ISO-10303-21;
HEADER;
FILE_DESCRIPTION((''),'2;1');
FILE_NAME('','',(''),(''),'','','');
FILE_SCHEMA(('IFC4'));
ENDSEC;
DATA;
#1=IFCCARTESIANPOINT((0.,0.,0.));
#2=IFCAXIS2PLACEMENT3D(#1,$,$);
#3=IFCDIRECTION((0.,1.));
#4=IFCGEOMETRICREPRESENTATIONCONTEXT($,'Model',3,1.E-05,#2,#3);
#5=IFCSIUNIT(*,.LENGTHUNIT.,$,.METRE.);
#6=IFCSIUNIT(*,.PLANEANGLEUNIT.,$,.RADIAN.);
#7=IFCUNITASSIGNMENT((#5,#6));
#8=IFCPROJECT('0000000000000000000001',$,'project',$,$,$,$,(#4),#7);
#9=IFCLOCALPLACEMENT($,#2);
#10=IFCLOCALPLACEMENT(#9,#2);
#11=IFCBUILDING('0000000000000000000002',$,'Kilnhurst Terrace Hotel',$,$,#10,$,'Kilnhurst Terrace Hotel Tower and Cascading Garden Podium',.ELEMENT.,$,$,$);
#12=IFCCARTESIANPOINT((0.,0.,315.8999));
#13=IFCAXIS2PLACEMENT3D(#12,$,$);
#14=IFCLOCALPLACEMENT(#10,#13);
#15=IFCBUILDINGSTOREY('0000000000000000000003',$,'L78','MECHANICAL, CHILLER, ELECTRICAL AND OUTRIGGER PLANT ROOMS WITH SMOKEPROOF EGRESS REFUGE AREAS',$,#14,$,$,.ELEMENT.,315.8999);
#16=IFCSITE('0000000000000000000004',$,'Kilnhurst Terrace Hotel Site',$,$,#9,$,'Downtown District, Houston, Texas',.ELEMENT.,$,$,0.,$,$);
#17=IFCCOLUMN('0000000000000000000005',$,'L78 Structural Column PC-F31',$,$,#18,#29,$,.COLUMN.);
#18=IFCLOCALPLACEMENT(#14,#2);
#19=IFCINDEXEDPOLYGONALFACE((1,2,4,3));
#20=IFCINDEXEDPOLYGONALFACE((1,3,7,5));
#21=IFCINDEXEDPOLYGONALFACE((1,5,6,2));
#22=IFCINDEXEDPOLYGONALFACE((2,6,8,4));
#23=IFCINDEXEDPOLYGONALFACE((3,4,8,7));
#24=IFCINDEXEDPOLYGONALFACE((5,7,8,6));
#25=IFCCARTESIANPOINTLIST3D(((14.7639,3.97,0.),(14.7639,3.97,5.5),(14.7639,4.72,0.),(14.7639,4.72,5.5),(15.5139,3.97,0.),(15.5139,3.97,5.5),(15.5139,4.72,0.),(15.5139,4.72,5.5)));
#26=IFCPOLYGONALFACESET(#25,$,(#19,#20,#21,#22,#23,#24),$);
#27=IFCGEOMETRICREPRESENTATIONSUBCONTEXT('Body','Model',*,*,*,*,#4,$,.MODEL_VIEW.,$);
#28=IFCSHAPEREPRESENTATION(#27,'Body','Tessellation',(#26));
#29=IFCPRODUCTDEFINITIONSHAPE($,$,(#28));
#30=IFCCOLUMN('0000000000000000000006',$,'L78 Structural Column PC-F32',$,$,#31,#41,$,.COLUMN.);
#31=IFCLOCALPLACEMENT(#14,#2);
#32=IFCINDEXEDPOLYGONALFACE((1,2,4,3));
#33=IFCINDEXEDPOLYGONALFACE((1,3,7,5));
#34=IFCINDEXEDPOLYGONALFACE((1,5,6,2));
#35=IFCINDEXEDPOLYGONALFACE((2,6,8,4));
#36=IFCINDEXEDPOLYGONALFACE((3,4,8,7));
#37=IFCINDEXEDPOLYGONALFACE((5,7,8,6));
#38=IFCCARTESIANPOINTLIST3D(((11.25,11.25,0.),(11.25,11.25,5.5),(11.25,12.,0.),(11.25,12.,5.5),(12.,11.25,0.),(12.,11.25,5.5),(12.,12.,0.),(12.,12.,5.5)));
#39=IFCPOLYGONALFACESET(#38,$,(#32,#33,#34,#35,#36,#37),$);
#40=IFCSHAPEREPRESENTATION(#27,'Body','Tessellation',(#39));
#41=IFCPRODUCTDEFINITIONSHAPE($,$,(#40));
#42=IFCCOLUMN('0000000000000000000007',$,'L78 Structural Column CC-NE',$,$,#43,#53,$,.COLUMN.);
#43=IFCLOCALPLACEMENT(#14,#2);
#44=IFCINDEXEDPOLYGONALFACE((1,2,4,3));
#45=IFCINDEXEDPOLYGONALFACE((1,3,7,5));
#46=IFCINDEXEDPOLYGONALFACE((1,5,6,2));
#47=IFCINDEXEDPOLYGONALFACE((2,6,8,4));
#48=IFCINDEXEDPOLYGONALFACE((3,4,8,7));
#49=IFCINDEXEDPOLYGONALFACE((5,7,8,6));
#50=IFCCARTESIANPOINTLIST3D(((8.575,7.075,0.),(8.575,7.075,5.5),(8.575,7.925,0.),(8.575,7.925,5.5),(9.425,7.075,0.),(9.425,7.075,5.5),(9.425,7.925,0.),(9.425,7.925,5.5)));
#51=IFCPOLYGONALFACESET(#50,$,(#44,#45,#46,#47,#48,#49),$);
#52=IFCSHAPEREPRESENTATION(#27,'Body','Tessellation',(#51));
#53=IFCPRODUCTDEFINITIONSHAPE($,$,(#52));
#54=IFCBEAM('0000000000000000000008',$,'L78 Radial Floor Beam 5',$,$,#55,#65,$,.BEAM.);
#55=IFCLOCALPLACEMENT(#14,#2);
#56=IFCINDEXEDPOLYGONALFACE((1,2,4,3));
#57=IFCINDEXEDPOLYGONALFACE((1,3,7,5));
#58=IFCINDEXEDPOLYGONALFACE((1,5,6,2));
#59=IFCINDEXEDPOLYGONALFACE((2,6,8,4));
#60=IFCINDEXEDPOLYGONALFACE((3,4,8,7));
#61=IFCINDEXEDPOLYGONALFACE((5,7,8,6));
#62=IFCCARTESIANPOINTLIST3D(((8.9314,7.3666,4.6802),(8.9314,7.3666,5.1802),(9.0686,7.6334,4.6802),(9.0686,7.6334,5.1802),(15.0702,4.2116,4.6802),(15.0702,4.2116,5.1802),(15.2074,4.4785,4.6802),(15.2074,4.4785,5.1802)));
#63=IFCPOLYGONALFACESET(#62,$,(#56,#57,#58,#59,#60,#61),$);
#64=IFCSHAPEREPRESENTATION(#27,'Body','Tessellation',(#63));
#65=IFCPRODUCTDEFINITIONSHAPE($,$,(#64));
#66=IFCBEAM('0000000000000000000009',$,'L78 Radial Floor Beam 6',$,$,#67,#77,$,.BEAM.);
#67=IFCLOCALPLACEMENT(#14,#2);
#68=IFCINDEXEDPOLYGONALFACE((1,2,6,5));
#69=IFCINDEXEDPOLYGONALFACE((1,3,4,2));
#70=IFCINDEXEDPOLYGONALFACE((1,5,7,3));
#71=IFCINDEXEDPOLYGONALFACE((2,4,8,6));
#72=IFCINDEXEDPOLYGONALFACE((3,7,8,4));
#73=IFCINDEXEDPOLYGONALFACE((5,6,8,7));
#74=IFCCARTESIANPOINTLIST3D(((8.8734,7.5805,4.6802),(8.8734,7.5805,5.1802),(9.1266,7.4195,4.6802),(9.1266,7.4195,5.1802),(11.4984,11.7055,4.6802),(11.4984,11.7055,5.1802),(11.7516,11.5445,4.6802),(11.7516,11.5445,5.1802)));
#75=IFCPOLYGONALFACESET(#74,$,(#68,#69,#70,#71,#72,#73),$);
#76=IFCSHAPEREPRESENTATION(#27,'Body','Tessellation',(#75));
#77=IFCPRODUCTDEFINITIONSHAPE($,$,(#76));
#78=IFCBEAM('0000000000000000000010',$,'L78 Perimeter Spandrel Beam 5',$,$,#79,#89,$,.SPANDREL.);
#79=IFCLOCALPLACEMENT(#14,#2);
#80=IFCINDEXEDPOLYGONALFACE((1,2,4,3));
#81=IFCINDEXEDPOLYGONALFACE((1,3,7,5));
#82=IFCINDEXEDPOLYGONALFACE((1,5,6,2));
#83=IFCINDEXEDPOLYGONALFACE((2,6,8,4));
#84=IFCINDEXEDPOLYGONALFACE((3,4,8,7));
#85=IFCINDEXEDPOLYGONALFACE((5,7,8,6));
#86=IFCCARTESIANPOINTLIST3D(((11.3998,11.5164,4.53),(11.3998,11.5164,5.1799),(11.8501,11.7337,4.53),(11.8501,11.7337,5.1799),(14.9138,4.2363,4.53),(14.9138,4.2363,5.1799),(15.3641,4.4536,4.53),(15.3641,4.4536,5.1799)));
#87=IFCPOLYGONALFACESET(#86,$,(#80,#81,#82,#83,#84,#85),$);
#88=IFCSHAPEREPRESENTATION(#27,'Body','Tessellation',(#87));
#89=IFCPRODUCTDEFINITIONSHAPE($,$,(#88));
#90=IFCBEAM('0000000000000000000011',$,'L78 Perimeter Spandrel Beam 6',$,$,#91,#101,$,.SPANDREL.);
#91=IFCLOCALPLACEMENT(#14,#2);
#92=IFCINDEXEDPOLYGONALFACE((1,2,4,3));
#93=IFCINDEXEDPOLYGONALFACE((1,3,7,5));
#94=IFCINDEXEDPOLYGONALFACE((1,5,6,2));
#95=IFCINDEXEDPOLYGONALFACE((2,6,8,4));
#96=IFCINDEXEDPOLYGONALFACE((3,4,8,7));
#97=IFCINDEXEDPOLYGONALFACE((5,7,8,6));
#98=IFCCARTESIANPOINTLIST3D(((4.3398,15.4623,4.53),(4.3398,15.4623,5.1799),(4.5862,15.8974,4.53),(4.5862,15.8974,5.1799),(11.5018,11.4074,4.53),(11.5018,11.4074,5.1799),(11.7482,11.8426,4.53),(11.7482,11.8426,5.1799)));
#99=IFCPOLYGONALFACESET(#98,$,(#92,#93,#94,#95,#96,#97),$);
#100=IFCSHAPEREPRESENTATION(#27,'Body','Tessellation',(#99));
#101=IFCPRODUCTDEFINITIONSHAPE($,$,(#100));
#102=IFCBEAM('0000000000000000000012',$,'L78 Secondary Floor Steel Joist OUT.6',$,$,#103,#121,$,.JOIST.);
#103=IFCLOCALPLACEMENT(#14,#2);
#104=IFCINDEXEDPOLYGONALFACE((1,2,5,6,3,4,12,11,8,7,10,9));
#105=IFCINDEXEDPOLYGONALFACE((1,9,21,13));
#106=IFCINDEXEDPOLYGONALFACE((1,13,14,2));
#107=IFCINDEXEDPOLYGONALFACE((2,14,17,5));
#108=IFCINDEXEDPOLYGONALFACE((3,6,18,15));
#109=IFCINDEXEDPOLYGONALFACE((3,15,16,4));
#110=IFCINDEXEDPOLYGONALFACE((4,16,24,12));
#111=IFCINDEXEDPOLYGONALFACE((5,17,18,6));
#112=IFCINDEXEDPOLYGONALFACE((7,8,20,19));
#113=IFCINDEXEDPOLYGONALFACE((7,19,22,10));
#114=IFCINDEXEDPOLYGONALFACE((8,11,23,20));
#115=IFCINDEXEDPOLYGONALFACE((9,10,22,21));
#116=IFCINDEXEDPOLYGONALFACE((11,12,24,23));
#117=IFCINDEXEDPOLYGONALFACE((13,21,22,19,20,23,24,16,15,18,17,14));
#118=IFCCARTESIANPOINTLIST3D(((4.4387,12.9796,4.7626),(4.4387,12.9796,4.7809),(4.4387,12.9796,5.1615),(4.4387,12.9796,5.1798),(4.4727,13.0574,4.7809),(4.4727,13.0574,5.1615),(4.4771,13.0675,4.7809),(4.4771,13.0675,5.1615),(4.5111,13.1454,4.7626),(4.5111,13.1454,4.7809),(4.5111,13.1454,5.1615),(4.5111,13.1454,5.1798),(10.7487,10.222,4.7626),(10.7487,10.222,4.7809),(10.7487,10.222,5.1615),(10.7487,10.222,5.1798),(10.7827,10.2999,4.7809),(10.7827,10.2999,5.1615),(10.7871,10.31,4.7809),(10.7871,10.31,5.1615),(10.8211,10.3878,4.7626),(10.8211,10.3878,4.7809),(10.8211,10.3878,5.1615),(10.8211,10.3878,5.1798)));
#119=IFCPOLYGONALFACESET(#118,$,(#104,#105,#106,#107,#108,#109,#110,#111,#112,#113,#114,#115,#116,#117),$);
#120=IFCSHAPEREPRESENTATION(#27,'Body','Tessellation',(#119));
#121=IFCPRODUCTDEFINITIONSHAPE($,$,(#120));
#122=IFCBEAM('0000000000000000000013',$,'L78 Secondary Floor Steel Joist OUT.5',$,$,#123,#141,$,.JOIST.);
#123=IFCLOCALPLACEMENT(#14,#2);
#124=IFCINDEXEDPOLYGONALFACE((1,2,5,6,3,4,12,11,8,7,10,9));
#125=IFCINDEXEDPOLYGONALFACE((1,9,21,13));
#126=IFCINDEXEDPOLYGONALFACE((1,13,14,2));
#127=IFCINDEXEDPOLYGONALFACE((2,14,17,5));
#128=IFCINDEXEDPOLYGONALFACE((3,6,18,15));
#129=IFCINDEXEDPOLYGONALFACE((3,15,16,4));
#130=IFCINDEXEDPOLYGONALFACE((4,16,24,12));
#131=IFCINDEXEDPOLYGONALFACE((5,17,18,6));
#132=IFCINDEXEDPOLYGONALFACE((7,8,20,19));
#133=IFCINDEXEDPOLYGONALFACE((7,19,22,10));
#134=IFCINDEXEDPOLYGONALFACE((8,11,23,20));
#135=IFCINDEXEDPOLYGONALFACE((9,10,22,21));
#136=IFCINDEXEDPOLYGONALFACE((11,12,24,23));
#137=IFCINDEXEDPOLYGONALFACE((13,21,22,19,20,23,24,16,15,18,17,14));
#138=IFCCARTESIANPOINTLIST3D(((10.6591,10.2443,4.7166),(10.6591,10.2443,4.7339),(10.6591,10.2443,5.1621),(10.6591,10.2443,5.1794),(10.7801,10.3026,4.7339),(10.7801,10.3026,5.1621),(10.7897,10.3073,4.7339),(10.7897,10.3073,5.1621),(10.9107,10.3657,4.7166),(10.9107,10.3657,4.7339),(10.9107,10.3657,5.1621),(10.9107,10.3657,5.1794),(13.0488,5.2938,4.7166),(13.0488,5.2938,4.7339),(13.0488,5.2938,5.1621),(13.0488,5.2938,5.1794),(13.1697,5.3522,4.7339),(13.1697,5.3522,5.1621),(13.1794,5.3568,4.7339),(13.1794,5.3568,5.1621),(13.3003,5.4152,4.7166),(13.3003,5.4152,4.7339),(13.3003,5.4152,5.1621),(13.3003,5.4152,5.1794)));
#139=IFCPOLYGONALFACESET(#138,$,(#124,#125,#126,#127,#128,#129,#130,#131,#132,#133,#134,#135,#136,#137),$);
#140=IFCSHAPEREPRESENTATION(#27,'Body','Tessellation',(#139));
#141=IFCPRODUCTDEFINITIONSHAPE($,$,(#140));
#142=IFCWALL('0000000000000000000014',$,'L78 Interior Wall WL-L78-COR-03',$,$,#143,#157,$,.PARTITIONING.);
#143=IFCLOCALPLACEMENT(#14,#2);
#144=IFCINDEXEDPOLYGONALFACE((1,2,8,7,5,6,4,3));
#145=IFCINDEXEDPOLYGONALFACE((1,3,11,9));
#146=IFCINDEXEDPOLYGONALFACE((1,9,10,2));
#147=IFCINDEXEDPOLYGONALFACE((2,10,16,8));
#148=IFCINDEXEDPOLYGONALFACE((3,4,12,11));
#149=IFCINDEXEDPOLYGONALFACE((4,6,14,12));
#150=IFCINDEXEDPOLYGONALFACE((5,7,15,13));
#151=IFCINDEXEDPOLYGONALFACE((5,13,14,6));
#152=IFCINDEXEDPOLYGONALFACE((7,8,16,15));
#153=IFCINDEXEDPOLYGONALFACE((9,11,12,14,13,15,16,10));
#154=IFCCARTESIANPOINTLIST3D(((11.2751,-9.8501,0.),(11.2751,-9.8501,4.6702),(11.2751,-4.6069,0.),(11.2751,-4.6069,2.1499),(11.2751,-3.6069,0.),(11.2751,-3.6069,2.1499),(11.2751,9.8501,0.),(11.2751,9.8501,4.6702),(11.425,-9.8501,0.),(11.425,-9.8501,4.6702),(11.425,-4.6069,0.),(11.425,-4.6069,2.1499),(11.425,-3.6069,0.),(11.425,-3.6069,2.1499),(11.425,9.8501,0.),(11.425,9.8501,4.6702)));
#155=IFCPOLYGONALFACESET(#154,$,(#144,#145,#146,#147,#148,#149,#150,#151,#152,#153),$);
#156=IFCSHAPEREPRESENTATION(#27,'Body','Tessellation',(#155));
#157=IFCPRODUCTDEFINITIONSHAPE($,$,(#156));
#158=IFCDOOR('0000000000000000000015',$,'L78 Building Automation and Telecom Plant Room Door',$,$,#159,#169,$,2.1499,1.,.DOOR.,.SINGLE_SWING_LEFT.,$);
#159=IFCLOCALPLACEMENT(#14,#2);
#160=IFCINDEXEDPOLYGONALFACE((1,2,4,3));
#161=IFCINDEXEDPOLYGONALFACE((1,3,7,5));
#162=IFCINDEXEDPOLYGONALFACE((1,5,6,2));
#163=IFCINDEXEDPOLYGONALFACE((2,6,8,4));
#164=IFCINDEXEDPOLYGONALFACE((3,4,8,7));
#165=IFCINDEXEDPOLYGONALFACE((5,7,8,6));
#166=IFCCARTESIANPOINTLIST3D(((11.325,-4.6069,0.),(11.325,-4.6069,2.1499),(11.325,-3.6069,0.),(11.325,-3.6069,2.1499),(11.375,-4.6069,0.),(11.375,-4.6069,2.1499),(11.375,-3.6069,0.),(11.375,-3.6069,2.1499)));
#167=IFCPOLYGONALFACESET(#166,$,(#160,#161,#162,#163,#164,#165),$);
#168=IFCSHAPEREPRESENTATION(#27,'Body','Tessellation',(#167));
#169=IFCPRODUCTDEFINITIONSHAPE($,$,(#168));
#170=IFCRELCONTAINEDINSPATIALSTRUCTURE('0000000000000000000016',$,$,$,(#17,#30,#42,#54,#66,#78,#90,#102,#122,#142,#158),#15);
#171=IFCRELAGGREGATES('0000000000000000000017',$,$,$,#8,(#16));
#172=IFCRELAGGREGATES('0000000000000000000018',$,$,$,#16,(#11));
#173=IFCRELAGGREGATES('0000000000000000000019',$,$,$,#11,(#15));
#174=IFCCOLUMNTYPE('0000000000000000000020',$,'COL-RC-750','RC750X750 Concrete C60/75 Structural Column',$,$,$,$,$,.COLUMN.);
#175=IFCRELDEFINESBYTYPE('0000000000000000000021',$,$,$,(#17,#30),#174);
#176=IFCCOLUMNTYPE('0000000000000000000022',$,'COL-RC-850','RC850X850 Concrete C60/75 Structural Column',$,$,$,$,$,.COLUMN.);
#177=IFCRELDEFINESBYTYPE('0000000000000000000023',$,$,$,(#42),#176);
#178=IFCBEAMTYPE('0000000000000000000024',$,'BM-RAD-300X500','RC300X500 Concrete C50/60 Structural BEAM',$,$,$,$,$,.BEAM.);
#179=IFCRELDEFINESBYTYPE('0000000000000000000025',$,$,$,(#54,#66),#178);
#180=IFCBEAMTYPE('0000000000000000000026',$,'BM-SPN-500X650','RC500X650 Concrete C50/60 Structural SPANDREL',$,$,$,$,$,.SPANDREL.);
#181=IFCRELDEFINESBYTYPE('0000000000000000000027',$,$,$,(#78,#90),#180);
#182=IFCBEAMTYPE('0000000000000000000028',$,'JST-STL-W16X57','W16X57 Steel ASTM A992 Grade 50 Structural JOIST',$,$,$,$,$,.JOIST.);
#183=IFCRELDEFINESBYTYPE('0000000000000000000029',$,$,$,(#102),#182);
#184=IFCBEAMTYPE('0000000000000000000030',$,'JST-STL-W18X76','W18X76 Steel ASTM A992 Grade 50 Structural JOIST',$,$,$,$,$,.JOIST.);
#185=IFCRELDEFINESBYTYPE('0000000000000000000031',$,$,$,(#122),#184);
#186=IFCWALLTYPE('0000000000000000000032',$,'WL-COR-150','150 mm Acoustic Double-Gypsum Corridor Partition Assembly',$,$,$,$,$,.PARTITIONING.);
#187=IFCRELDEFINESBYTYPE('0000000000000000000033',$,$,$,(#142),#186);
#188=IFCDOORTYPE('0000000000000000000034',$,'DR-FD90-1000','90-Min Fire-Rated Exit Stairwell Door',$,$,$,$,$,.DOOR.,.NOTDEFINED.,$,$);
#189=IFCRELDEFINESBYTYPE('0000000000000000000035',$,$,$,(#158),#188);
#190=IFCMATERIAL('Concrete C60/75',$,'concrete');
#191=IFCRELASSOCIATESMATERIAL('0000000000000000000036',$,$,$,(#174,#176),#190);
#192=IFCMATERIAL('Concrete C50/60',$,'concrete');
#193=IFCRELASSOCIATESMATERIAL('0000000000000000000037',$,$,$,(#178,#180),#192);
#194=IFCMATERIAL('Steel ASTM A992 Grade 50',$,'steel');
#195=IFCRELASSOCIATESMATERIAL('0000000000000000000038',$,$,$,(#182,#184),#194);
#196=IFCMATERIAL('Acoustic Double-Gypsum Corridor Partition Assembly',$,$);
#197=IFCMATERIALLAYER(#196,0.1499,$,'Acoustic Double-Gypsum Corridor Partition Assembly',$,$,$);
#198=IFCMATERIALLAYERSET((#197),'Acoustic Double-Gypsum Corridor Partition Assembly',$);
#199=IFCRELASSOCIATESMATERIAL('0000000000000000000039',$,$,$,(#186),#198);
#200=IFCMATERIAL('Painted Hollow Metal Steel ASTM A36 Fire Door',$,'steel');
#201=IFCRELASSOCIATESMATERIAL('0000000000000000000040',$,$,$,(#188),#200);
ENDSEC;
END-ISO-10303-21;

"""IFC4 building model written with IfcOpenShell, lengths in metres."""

from ifc_helpers import new_model, si_unit, direction, frame, frame_2d, origin, origin_2d, place, context, subcontext, project, spatial, rectangle, i_section, extrude, material, layer, layer_set, material_profile, profile_set, type_object, element, fill, save


model = new_model("IFC4")

# Units and contexts
model_context = context("Model", 3, precision=1e-05, world=origin(), true_north=direction((0.0, 1.0)))
body_context = subcontext(model_context, "Body", "Model", "MODEL_VIEW")
ifc_project = project(units=[si_unit("LENGTHUNIT", "METRE"), si_unit("PLANEANGLEUNIT", "RADIAN")], contexts=[model_context])

# Site, building, storey
site_placement = place(None, origin())
site = spatial("IfcSite", under=ifc_project, at=site_placement, Name="Kilnhurst Terrace Hotel Site", LongName="Downtown District, Houston, Texas", CompositionType="ELEMENT", RefElevation=0.0)
building_placement = place(site_placement, origin())
building = spatial("IfcBuilding", under=site, at=building_placement, Name="Kilnhurst Terrace Hotel", LongName="Kilnhurst Terrace Hotel Tower and Cascading Garden Podium", CompositionType="ELEMENT")
storey_placement = place(building_placement, frame((0.0, 0.0, 315.8999)))
storey = spatial("IfcBuildingStorey", under=building, at=storey_placement, Name="L78", Description="MECHANICAL, CHILLER, ELECTRICAL AND OUTRIGGER PLANT ROOMS WITH SMOKEPROOF EGRESS REFUGE AREAS", CompositionType="ELEMENT", Elevation=315.8999)

# Columns
ifc_material_1 = material(Name="Concrete C60/75", Category="concrete")
ifc_material_profile_1 = material_profile(ifc_material_1, rectangle(XDim=0.75, YDim=0.75, at=origin_2d()), Name="RC750X750")
ifc_profile_set_1 = profile_set([ifc_material_profile_1], Name="Concrete C60/75")
column_type_1 = type_object("IfcColumnType", Name="COL-RC-750", Description="RC750X750 Concrete C60/75 Structural Column", PredefinedType="COLUMN", material=ifc_profile_set_1)
for number, where, z_axis, x_axis, name in (
    (1, (15.1389, 4.345, 0.0), (0.0, 0.0, 1.0), (1.0, 0.0, 0.0), "L78 Structural Column PC-F31"),
    (2, (11.625, 11.625, 0.0), (0.0, 0.0, 1.0), (1.0, 0.0, 0.0), "L78 Structural Column PC-F32"),
):
    element("IfcColumn", number, at=place(storey_placement, frame(where, z_axis=z_axis, x_axis=x_axis)), inside=storey, type_object=column_type_1, Name=name, PredefinedType="COLUMN", context=body_context, shape_type="SweptSolid", body=[
        extrude(rectangle(XDim=0.75, YDim=0.75, at=origin_2d()), origin(), (0.0, 0.0, 1.0), 5.5),
    ])
ifc_material_profile_2 = material_profile(ifc_material_1, rectangle(XDim=0.8501, YDim=0.8501, at=origin_2d()), Name="RC850X850")
ifc_profile_set_2 = profile_set([ifc_material_profile_2], Name="Concrete C60/75")
column_type_2 = type_object("IfcColumnType", Name="COL-RC-850", Description="RC850X850 Concrete C60/75 Structural Column", PredefinedType="COLUMN", material=ifc_profile_set_2)
column_placement = place(storey_placement, frame((9.0, 7.5, 0.0), z_axis=(0.0, 0.0, 1.0), x_axis=(1.0, 0.0, 0.0)))
element("IfcColumn", 3, at=column_placement, inside=storey, type_object=column_type_2, Name="L78 Structural Column CC-NE", PredefinedType="COLUMN", context=body_context, shape_type="SweptSolid", body=[
    extrude(rectangle(XDim=0.8501, YDim=0.8501, at=origin_2d()), origin(), (0.0, 0.0, 1.0), 5.5),
])

# Beams
ifc_material_2 = material(Name="Concrete C50/60", Category="concrete")
ifc_material_profile_3 = material_profile(ifc_material_2, rectangle(XDim=0.3, YDim=0.5, at=origin_2d()), Name="RC300X500")
ifc_profile_set_3 = profile_set([ifc_material_profile_3], Name="Concrete C50/60")
beam_type_1 = type_object("IfcBeamType", Name="BM-RAD-300X500", Description="RC300X500 Concrete C50/60 Structural BEAM", PredefinedType="BEAM", material=ifc_profile_set_3)
beam_1_placement = place(storey_placement, frame((9.0, 7.5, 4.9302), z_axis=(0.889413, -0.457104, 0.0), x_axis=(0.457104, 0.889413, 0.0)))
element("IfcBeam", 4, at=beam_1_placement, inside=storey, type_object=beam_type_1, Name="L78 Radial Floor Beam 5", PredefinedType="BEAM", context=body_context, shape_type="SweptSolid", body=[
    extrude(rectangle(XDim=0.3, YDim=0.5, at=origin_2d()), origin(), (0.0, 0.0, 1.0), 6.9021),
])
beam_2_placement = place(storey_placement, frame((9.0, 7.5, 4.9302), z_axis=(0.536875, 0.843661, 0.0), x_axis=(-0.843661, 0.536875, 0.0)))
element("IfcBeam", 5, at=beam_2_placement, inside=storey, type_object=beam_type_1, Name="L78 Radial Floor Beam 6", PredefinedType="BEAM", context=body_context, shape_type="SweptSolid", body=[
    extrude(rectangle(XDim=0.3, YDim=0.5, at=origin_2d()), origin(), (0.0, 0.0, 1.0), 4.8894),
])
ifc_material_profile_4 = material_profile(ifc_material_2, rectangle(XDim=0.5, YDim=0.6499, at=origin_2d()), Name="RC500X650")
ifc_profile_set_4 = profile_set([ifc_material_profile_4], Name="Concrete C50/60")
beam_type_2 = type_object("IfcBeamType", Name="BM-SPN-500X650", Description="RC500X650 Concrete C50/60 Structural SPANDREL", PredefinedType="SPANDREL", material=ifc_profile_set_4)
beam_3_placement = place(storey_placement, frame((15.1389, 4.345, 4.855), z_axis=(-0.434691, 0.90058, 0.0), x_axis=(-0.90058, -0.434691, 0.0)))
element("IfcBeam", 6, at=beam_3_placement, inside=storey, type_object=beam_type_2, Name="L78 Perimeter Spandrel Beam 5", PredefinedType="SPANDREL", context=body_context, shape_type="SweptSolid", body=[
    extrude(rectangle(XDim=0.5, YDim=0.6499, at=origin_2d()), origin(), (0.0, 0.0, 1.0), 8.0837),
])
beam_4_placement = place(storey_placement, frame((11.625, 11.625, 4.855), z_axis=(-0.87021, 0.492682, 0.0), x_axis=(-0.492682, -0.87021, 0.0)))
element("IfcBeam", 7, at=beam_4_placement, inside=storey, type_object=beam_type_2, Name="L78 Perimeter Spandrel Beam 6", PredefinedType="SPANDREL", context=body_context, shape_type="SweptSolid", body=[
    extrude(rectangle(XDim=0.5, YDim=0.6499, at=origin_2d()), origin(), (0.0, 0.0, 1.0), 8.2302),
])
ifc_material_3 = material(Name="Steel ASTM A992 Grade 50", Category="steel")
ifc_material_profile_5 = material_profile(ifc_material_3, i_section(OverallWidth=0.1809, OverallDepth=0.4172, WebThickness=0.011, FlangeThickness=0.0183, at=origin_2d()), Name="W16X57")
ifc_profile_set_5 = profile_set([ifc_material_profile_5], Name="Steel ASTM A992 Grade 50")
beam_type_3 = type_object("IfcBeamType", Name="JST-STL-W16X57", Description="W16X57 Steel ASTM A992 Grade 50 Structural JOIST", PredefinedType="JOIST", material=ifc_profile_set_5)
beam_5_placement = place(storey_placement, frame((10.7849, 10.3049, 4.9712), z_axis=(-0.916322, 0.400443, 0.0), x_axis=(-0.400443, -0.916322, 0.0)))
element("IfcBeam", 8, at=beam_5_placement, inside=storey, type_object=beam_type_3, Name="L78 Secondary Floor Steel Joist OUT.6", PredefinedType="JOIST", context=body_context, shape_type="SweptSolid", body=[
    extrude(i_section(OverallWidth=0.1809, OverallDepth=0.4172, WebThickness=0.011, FlangeThickness=0.0183, at=origin_2d()), origin(), (0.0, 0.0, 1.0), 6.8862),
])
ifc_material_profile_6 = material_profile(ifc_material_3, i_section(OverallWidth=0.2793, OverallDepth=0.4629, WebThickness=0.0107, FlangeThickness=0.0173, at=origin_2d()), Name="W18X76")
ifc_profile_set_6 = profile_set([ifc_material_profile_6], Name="Steel ASTM A992 Grade 50")
beam_type_4 = type_object("IfcBeamType", Name="JST-STL-W18X76", Description="W18X76 Steel ASTM A992 Grade 50 Structural JOIST", PredefinedType="JOIST", material=ifc_profile_set_6)
beam_6_placement = place(storey_placement, frame((13.1746, 5.3545, 4.948), z_axis=(-0.434717, 0.900567, 0.0), x_axis=(-0.900567, -0.434717, 0.0)))
element("IfcBeam", 9, at=beam_6_placement, inside=storey, type_object=beam_type_4, Name="L78 Secondary Floor Steel Joist OUT.5", PredefinedType="JOIST", context=body_context, shape_type="SweptSolid", body=[
    extrude(i_section(OverallWidth=0.2793, OverallDepth=0.4629, WebThickness=0.0107, FlangeThickness=0.0173, at=origin_2d()), origin(), (0.0, 0.0, 1.0), 5.4971),
])

# Wall, opening, door
ifc_material_4 = material(Name="Acoustic Double-Gypsum Corridor Partition Assembly")
ifc_layer_1 = layer(ifc_material_4, 0.1499, Name="Acoustic Double-Gypsum Corridor Partition Assembly")
ifc_layer_set_1 = layer_set([ifc_layer_1], Name="Acoustic Double-Gypsum Corridor Partition Assembly")
wall_type_1 = type_object("IfcWallType", Name="WL-COR-150", Description="150 mm Acoustic Double-Gypsum Corridor Partition Assembly", PredefinedType="PARTITIONING", material=ifc_layer_set_1)
wall_1_placement = place(storey_placement, frame((11.3501, 9.8501, 0.0), z_axis=(0.0, 0.0, 1.0), x_axis=(0.0, -1.0, 0.0)))
wall_1 = element("IfcWall", 10, at=wall_1_placement, inside=storey, type_object=wall_type_1, Name="L78 Interior Wall WL-L78-COR-03", PredefinedType="PARTITIONING", context=body_context, shape_type="SweptSolid", body=[
    extrude(rectangle(XDim=19.7002, YDim=0.1499, at=frame_2d((9.8501, 0.0))), origin(), (0.0, 0.0, 1.0), 4.6702),
])
opening_placement = place(wall_1_placement, frame((13.457, 0.0, 0.0)))
opening = element("IfcOpeningElement", 11, at=opening_placement, cuts=wall_1, PredefinedType="OPENING", context=body_context, shape_type="SweptSolid", body=[
    extrude(rectangle(XDim=1.0, YDim=2.1499, at=frame_2d((0.5, 1.075))), frame((0.0, 0.085, 0.0), z_axis=(0.0, -1.0, 0.0), x_axis=(1.0, 0.0, 0.0)), (0.0, 0.0, 1.0), 0.1699),
])
ifc_material_5 = material(Name="Painted Hollow Metal Steel ASTM A36 Fire Door", Category="steel")
door_type = type_object("IfcDoorType", Name="DR-FD90-1000", Description="90-Min Fire-Rated Exit Stairwell Door", OperationType="NOTDEFINED", PredefinedType="DOOR", material=ifc_material_5)
door_placement = place(opening_placement, origin())
door = element("IfcDoor", 12, at=door_placement, inside=storey, type_object=door_type, Name="L78 Building Automation and Telecom Plant Room Door", OperationType="SINGLE_SWING_LEFT", OverallHeight=2.1499, OverallWidth=1.0, PredefinedType="DOOR", context=body_context, shape_type="SweptSolid", body=[
    extrude(rectangle(XDim=1.0, YDim=2.1499, at=frame_2d((0.5, 1.075))), frame((0.0, 0.0249, 0.0), z_axis=(0.0, -1.0, 0.0), x_axis=(1.0, 0.0, 0.0)), (0.0, 0.0, 1.0), 0.05),
])
fill(opening, door)

save(model, "model.ifc")
